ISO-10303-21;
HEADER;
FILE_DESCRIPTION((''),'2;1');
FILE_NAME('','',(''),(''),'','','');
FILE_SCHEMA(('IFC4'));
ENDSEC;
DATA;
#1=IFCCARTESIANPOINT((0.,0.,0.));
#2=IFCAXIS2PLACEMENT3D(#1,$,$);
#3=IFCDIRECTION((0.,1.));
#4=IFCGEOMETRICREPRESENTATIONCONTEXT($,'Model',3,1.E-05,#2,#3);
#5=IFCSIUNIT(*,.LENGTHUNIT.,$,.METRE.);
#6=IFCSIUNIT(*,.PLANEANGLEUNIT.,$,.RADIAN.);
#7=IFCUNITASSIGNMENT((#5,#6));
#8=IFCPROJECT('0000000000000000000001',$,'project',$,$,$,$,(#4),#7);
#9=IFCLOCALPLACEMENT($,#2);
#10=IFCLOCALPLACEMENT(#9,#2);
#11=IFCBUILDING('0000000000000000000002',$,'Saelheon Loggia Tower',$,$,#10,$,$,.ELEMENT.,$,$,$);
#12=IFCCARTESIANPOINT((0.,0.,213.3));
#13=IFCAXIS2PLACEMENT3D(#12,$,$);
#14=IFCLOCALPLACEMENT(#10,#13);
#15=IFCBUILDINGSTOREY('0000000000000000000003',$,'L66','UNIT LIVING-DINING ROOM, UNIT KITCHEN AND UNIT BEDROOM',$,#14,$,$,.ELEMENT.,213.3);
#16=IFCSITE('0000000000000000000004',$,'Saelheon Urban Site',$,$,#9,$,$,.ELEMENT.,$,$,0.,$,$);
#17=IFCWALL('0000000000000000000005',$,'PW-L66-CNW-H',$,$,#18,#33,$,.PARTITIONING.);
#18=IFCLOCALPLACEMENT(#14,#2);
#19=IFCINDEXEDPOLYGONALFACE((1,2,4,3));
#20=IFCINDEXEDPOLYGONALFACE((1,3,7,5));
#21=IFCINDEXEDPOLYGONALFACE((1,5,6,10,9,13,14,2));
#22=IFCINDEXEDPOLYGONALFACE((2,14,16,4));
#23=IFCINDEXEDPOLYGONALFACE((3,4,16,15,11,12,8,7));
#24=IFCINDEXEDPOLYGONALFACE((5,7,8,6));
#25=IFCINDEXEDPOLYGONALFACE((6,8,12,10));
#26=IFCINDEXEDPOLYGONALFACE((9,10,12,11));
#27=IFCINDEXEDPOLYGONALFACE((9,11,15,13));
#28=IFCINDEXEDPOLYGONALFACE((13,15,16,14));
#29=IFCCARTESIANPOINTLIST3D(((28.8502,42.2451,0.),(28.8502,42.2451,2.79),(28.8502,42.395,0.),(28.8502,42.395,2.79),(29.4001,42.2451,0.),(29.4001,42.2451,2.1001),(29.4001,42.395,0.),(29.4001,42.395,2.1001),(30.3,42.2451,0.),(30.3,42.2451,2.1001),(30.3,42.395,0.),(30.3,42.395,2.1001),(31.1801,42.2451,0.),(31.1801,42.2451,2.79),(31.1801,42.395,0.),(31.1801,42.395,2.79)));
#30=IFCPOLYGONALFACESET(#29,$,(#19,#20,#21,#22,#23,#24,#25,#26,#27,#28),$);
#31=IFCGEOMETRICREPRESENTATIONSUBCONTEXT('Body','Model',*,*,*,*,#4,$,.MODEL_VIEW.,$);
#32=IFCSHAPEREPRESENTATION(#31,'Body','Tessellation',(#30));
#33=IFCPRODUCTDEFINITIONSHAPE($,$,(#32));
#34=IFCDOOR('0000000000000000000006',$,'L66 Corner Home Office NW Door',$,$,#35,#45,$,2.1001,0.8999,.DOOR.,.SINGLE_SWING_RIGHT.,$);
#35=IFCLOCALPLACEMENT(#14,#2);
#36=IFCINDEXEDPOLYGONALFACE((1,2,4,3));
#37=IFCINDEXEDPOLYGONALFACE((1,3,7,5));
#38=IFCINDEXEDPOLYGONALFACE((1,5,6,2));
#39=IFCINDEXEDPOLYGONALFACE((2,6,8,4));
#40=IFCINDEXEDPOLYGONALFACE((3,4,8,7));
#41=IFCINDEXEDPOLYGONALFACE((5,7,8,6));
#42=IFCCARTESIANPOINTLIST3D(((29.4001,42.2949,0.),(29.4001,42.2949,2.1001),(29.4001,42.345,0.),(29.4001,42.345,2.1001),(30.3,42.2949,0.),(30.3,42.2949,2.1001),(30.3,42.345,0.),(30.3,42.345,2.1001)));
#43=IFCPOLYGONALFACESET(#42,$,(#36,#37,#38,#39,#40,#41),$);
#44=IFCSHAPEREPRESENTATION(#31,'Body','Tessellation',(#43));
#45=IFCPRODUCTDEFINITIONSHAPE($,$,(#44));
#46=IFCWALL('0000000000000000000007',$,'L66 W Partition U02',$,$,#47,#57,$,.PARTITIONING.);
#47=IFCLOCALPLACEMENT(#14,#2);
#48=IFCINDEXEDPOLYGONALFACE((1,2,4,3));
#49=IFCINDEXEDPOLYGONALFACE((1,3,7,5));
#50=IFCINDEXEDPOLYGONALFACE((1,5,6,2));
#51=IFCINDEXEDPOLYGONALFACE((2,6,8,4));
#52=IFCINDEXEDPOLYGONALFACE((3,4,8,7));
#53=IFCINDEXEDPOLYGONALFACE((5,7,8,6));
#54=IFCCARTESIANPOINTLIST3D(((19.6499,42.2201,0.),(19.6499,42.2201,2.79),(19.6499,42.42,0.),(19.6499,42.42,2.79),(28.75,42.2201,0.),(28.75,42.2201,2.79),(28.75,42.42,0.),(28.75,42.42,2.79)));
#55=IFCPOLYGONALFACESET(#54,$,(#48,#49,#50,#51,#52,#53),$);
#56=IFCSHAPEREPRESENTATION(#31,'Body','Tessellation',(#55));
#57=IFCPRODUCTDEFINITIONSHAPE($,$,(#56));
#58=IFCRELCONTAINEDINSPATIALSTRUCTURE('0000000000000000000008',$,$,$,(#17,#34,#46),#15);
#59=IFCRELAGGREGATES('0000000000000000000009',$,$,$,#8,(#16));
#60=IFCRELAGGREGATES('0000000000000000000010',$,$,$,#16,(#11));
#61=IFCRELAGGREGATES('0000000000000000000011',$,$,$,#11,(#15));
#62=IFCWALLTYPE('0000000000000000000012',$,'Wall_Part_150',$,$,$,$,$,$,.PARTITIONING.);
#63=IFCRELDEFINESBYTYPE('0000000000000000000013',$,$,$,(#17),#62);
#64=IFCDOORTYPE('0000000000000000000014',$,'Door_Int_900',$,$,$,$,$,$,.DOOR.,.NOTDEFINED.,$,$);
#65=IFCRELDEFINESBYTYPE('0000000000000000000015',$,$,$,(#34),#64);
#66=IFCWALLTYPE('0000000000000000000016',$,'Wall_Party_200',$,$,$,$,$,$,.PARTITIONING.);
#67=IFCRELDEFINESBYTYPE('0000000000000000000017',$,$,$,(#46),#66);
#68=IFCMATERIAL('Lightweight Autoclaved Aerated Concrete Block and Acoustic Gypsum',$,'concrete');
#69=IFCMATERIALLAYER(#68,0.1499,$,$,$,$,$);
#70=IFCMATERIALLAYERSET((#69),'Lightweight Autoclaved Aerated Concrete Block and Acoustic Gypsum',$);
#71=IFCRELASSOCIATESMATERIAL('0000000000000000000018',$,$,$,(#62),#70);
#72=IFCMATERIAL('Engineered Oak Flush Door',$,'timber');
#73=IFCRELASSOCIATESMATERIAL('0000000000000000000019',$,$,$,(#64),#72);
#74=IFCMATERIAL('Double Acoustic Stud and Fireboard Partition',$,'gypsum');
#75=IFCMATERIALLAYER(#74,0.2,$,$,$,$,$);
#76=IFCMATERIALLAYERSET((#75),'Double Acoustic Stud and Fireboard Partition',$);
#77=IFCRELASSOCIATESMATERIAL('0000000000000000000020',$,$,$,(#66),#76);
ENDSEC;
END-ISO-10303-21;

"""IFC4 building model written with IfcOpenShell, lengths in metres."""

from ifc_helpers import new_model, si_unit, direction, frame, frame_2d, origin, place, context, subcontext, project, spatial, rectangle, extrude, source, transform, mapped, material, layer, layer_set, type_object, element, fill, save


model = new_model("IFC4")

# Units and contexts
model_context = context("Model", 3, precision=1e-05, world=origin(), true_north=direction((0.0, 1.0)))
body_context = subcontext(model_context, "Body", "Model", "MODEL_VIEW")
ifc_project = project(units=[si_unit("LENGTHUNIT", "METRE"), si_unit("PLANEANGLEUNIT", "RADIAN")], contexts=[model_context])

# Site, building, storey
site_placement = place(None, origin())
site = spatial("IfcSite", under=ifc_project, at=site_placement, Name="Saelheon Urban Site", CompositionType="ELEMENT", RefElevation=0.0)
building_placement = place(site_placement, origin())
building = spatial("IfcBuilding", under=site, at=building_placement, Name="Saelheon Loggia Tower", CompositionType="ELEMENT")
storey_placement = place(building_placement, frame((0.0, 0.0, 213.3)))
storey = spatial("IfcBuildingStorey", under=building, at=storey_placement, Name="L66", Description="UNIT LIVING-DINING ROOM, UNIT KITCHEN AND UNIT BEDROOM", CompositionType="ELEMENT", Elevation=213.3)

# Wall, opening, door
ifc_material_1 = material(Name="Lightweight Autoclaved Aerated Concrete Block and Acoustic Gypsum", Category="concrete")
ifc_layer_1 = layer(ifc_material_1, 0.1499)
ifc_layer_set_1 = layer_set([ifc_layer_1], Name="Lightweight Autoclaved Aerated Concrete Block and Acoustic Gypsum")
wall_type_1 = type_object("IfcWallType", Name="Wall_Part_150", PredefinedType="PARTITIONING", material=ifc_layer_set_1)
wall_1_placement = place(storey_placement, frame((28.8501, 42.3201, 0.0), z_axis=(0.0, 0.0, 1.0), x_axis=(1.0, 0.0, 0.0)))
wall_1 = element("IfcWall", 1, at=wall_1_placement, inside=storey, type_object=wall_type_1, Name="PW-L66-CNW-H", PredefinedType="PARTITIONING", context=body_context, shape_type="SweptSolid", body=[
    extrude(rectangle(XDim=2.3298, YDim=0.1499, at=frame_2d((1.165, 0.0))), origin(), (0.0, 0.0, 1.0), 2.79),
])
opening_1_placement = place(wall_1_placement, frame((0.55, 0.0, 0.0)))
opening_1 = element("IfcOpeningElement", 2, at=opening_1_placement, cuts=wall_1, PredefinedType="OPENING", context=body_context, shape_type="SweptSolid", body=[
    extrude(rectangle(XDim=0.8999, YDim=2.1001, at=frame_2d((0.45, 1.05))), frame((0.0, 0.0869, 0.0), z_axis=(0.0, -1.0, 0.0), x_axis=(1.0, 0.0, 0.0)), (0.0, 0.0, 1.0), 0.1738),
])
ifc_material_2 = material(Name="Engineered Oak Flush Door", Category="timber")
door_type_1 = type_object("IfcDoorType", Name="Door_Int_900", OperationType="NOTDEFINED", PredefinedType="DOOR", material=ifc_material_2)
shared_shape_1 = source(origin(), body_context, "Body", "SweptSolid", [
    extrude(rectangle(XDim=0.8999, YDim=2.1001, at=frame_2d((0.45, 1.05))), frame((0.0, 0.0249, 0.0), z_axis=(0.0, -1.0, 0.0), x_axis=(1.0, 0.0, 0.0)), (0.0, 0.0, 1.0), 0.05),
])
door_1_placement = place(opening_1_placement, origin())
door_1 = element("IfcDoor", 3, at=door_1_placement, inside=storey, type_object=door_type_1, Name="L66 Corner Home Office NW Door", OperationType="SINGLE_SWING_RIGHT", OverallHeight=2.1001, OverallWidth=0.8999, PredefinedType="DOOR", context=body_context, shape_type="MappedRepresentation", body=[
    mapped(shared_shape_1, transform((0.0, 0.0, 0.0), scale=1.0)),
])
fill(opening_1, door_1)

# Wall
ifc_material_3 = material(Name="Double Acoustic Stud and Fireboard Partition", Category="gypsum")
ifc_layer_2 = layer(ifc_material_3, 0.2)
ifc_layer_set_2 = layer_set([ifc_layer_2], Name="Double Acoustic Stud and Fireboard Partition")
wall_type_2 = type_object("IfcWallType", Name="Wall_Party_200", PredefinedType="PARTITIONING", material=ifc_layer_set_2)
wall_2_placement = place(storey_placement, frame((28.75, 42.3201, 0.0), z_axis=(0.0, 0.0, 1.0), x_axis=(-1.0, 0.0, 0.0)))
element("IfcWall", 4, at=wall_2_placement, inside=storey, type_object=wall_type_2, Name="L66 W Partition U02", PredefinedType="PARTITIONING", context=body_context, shape_type="SweptSolid", body=[
    extrude(rectangle(XDim=9.1001, YDim=0.2, at=frame_2d((4.55, 0.0))), origin(), (0.0, 0.0, 1.0), 2.79),
])

save(model, "model.ifc")
